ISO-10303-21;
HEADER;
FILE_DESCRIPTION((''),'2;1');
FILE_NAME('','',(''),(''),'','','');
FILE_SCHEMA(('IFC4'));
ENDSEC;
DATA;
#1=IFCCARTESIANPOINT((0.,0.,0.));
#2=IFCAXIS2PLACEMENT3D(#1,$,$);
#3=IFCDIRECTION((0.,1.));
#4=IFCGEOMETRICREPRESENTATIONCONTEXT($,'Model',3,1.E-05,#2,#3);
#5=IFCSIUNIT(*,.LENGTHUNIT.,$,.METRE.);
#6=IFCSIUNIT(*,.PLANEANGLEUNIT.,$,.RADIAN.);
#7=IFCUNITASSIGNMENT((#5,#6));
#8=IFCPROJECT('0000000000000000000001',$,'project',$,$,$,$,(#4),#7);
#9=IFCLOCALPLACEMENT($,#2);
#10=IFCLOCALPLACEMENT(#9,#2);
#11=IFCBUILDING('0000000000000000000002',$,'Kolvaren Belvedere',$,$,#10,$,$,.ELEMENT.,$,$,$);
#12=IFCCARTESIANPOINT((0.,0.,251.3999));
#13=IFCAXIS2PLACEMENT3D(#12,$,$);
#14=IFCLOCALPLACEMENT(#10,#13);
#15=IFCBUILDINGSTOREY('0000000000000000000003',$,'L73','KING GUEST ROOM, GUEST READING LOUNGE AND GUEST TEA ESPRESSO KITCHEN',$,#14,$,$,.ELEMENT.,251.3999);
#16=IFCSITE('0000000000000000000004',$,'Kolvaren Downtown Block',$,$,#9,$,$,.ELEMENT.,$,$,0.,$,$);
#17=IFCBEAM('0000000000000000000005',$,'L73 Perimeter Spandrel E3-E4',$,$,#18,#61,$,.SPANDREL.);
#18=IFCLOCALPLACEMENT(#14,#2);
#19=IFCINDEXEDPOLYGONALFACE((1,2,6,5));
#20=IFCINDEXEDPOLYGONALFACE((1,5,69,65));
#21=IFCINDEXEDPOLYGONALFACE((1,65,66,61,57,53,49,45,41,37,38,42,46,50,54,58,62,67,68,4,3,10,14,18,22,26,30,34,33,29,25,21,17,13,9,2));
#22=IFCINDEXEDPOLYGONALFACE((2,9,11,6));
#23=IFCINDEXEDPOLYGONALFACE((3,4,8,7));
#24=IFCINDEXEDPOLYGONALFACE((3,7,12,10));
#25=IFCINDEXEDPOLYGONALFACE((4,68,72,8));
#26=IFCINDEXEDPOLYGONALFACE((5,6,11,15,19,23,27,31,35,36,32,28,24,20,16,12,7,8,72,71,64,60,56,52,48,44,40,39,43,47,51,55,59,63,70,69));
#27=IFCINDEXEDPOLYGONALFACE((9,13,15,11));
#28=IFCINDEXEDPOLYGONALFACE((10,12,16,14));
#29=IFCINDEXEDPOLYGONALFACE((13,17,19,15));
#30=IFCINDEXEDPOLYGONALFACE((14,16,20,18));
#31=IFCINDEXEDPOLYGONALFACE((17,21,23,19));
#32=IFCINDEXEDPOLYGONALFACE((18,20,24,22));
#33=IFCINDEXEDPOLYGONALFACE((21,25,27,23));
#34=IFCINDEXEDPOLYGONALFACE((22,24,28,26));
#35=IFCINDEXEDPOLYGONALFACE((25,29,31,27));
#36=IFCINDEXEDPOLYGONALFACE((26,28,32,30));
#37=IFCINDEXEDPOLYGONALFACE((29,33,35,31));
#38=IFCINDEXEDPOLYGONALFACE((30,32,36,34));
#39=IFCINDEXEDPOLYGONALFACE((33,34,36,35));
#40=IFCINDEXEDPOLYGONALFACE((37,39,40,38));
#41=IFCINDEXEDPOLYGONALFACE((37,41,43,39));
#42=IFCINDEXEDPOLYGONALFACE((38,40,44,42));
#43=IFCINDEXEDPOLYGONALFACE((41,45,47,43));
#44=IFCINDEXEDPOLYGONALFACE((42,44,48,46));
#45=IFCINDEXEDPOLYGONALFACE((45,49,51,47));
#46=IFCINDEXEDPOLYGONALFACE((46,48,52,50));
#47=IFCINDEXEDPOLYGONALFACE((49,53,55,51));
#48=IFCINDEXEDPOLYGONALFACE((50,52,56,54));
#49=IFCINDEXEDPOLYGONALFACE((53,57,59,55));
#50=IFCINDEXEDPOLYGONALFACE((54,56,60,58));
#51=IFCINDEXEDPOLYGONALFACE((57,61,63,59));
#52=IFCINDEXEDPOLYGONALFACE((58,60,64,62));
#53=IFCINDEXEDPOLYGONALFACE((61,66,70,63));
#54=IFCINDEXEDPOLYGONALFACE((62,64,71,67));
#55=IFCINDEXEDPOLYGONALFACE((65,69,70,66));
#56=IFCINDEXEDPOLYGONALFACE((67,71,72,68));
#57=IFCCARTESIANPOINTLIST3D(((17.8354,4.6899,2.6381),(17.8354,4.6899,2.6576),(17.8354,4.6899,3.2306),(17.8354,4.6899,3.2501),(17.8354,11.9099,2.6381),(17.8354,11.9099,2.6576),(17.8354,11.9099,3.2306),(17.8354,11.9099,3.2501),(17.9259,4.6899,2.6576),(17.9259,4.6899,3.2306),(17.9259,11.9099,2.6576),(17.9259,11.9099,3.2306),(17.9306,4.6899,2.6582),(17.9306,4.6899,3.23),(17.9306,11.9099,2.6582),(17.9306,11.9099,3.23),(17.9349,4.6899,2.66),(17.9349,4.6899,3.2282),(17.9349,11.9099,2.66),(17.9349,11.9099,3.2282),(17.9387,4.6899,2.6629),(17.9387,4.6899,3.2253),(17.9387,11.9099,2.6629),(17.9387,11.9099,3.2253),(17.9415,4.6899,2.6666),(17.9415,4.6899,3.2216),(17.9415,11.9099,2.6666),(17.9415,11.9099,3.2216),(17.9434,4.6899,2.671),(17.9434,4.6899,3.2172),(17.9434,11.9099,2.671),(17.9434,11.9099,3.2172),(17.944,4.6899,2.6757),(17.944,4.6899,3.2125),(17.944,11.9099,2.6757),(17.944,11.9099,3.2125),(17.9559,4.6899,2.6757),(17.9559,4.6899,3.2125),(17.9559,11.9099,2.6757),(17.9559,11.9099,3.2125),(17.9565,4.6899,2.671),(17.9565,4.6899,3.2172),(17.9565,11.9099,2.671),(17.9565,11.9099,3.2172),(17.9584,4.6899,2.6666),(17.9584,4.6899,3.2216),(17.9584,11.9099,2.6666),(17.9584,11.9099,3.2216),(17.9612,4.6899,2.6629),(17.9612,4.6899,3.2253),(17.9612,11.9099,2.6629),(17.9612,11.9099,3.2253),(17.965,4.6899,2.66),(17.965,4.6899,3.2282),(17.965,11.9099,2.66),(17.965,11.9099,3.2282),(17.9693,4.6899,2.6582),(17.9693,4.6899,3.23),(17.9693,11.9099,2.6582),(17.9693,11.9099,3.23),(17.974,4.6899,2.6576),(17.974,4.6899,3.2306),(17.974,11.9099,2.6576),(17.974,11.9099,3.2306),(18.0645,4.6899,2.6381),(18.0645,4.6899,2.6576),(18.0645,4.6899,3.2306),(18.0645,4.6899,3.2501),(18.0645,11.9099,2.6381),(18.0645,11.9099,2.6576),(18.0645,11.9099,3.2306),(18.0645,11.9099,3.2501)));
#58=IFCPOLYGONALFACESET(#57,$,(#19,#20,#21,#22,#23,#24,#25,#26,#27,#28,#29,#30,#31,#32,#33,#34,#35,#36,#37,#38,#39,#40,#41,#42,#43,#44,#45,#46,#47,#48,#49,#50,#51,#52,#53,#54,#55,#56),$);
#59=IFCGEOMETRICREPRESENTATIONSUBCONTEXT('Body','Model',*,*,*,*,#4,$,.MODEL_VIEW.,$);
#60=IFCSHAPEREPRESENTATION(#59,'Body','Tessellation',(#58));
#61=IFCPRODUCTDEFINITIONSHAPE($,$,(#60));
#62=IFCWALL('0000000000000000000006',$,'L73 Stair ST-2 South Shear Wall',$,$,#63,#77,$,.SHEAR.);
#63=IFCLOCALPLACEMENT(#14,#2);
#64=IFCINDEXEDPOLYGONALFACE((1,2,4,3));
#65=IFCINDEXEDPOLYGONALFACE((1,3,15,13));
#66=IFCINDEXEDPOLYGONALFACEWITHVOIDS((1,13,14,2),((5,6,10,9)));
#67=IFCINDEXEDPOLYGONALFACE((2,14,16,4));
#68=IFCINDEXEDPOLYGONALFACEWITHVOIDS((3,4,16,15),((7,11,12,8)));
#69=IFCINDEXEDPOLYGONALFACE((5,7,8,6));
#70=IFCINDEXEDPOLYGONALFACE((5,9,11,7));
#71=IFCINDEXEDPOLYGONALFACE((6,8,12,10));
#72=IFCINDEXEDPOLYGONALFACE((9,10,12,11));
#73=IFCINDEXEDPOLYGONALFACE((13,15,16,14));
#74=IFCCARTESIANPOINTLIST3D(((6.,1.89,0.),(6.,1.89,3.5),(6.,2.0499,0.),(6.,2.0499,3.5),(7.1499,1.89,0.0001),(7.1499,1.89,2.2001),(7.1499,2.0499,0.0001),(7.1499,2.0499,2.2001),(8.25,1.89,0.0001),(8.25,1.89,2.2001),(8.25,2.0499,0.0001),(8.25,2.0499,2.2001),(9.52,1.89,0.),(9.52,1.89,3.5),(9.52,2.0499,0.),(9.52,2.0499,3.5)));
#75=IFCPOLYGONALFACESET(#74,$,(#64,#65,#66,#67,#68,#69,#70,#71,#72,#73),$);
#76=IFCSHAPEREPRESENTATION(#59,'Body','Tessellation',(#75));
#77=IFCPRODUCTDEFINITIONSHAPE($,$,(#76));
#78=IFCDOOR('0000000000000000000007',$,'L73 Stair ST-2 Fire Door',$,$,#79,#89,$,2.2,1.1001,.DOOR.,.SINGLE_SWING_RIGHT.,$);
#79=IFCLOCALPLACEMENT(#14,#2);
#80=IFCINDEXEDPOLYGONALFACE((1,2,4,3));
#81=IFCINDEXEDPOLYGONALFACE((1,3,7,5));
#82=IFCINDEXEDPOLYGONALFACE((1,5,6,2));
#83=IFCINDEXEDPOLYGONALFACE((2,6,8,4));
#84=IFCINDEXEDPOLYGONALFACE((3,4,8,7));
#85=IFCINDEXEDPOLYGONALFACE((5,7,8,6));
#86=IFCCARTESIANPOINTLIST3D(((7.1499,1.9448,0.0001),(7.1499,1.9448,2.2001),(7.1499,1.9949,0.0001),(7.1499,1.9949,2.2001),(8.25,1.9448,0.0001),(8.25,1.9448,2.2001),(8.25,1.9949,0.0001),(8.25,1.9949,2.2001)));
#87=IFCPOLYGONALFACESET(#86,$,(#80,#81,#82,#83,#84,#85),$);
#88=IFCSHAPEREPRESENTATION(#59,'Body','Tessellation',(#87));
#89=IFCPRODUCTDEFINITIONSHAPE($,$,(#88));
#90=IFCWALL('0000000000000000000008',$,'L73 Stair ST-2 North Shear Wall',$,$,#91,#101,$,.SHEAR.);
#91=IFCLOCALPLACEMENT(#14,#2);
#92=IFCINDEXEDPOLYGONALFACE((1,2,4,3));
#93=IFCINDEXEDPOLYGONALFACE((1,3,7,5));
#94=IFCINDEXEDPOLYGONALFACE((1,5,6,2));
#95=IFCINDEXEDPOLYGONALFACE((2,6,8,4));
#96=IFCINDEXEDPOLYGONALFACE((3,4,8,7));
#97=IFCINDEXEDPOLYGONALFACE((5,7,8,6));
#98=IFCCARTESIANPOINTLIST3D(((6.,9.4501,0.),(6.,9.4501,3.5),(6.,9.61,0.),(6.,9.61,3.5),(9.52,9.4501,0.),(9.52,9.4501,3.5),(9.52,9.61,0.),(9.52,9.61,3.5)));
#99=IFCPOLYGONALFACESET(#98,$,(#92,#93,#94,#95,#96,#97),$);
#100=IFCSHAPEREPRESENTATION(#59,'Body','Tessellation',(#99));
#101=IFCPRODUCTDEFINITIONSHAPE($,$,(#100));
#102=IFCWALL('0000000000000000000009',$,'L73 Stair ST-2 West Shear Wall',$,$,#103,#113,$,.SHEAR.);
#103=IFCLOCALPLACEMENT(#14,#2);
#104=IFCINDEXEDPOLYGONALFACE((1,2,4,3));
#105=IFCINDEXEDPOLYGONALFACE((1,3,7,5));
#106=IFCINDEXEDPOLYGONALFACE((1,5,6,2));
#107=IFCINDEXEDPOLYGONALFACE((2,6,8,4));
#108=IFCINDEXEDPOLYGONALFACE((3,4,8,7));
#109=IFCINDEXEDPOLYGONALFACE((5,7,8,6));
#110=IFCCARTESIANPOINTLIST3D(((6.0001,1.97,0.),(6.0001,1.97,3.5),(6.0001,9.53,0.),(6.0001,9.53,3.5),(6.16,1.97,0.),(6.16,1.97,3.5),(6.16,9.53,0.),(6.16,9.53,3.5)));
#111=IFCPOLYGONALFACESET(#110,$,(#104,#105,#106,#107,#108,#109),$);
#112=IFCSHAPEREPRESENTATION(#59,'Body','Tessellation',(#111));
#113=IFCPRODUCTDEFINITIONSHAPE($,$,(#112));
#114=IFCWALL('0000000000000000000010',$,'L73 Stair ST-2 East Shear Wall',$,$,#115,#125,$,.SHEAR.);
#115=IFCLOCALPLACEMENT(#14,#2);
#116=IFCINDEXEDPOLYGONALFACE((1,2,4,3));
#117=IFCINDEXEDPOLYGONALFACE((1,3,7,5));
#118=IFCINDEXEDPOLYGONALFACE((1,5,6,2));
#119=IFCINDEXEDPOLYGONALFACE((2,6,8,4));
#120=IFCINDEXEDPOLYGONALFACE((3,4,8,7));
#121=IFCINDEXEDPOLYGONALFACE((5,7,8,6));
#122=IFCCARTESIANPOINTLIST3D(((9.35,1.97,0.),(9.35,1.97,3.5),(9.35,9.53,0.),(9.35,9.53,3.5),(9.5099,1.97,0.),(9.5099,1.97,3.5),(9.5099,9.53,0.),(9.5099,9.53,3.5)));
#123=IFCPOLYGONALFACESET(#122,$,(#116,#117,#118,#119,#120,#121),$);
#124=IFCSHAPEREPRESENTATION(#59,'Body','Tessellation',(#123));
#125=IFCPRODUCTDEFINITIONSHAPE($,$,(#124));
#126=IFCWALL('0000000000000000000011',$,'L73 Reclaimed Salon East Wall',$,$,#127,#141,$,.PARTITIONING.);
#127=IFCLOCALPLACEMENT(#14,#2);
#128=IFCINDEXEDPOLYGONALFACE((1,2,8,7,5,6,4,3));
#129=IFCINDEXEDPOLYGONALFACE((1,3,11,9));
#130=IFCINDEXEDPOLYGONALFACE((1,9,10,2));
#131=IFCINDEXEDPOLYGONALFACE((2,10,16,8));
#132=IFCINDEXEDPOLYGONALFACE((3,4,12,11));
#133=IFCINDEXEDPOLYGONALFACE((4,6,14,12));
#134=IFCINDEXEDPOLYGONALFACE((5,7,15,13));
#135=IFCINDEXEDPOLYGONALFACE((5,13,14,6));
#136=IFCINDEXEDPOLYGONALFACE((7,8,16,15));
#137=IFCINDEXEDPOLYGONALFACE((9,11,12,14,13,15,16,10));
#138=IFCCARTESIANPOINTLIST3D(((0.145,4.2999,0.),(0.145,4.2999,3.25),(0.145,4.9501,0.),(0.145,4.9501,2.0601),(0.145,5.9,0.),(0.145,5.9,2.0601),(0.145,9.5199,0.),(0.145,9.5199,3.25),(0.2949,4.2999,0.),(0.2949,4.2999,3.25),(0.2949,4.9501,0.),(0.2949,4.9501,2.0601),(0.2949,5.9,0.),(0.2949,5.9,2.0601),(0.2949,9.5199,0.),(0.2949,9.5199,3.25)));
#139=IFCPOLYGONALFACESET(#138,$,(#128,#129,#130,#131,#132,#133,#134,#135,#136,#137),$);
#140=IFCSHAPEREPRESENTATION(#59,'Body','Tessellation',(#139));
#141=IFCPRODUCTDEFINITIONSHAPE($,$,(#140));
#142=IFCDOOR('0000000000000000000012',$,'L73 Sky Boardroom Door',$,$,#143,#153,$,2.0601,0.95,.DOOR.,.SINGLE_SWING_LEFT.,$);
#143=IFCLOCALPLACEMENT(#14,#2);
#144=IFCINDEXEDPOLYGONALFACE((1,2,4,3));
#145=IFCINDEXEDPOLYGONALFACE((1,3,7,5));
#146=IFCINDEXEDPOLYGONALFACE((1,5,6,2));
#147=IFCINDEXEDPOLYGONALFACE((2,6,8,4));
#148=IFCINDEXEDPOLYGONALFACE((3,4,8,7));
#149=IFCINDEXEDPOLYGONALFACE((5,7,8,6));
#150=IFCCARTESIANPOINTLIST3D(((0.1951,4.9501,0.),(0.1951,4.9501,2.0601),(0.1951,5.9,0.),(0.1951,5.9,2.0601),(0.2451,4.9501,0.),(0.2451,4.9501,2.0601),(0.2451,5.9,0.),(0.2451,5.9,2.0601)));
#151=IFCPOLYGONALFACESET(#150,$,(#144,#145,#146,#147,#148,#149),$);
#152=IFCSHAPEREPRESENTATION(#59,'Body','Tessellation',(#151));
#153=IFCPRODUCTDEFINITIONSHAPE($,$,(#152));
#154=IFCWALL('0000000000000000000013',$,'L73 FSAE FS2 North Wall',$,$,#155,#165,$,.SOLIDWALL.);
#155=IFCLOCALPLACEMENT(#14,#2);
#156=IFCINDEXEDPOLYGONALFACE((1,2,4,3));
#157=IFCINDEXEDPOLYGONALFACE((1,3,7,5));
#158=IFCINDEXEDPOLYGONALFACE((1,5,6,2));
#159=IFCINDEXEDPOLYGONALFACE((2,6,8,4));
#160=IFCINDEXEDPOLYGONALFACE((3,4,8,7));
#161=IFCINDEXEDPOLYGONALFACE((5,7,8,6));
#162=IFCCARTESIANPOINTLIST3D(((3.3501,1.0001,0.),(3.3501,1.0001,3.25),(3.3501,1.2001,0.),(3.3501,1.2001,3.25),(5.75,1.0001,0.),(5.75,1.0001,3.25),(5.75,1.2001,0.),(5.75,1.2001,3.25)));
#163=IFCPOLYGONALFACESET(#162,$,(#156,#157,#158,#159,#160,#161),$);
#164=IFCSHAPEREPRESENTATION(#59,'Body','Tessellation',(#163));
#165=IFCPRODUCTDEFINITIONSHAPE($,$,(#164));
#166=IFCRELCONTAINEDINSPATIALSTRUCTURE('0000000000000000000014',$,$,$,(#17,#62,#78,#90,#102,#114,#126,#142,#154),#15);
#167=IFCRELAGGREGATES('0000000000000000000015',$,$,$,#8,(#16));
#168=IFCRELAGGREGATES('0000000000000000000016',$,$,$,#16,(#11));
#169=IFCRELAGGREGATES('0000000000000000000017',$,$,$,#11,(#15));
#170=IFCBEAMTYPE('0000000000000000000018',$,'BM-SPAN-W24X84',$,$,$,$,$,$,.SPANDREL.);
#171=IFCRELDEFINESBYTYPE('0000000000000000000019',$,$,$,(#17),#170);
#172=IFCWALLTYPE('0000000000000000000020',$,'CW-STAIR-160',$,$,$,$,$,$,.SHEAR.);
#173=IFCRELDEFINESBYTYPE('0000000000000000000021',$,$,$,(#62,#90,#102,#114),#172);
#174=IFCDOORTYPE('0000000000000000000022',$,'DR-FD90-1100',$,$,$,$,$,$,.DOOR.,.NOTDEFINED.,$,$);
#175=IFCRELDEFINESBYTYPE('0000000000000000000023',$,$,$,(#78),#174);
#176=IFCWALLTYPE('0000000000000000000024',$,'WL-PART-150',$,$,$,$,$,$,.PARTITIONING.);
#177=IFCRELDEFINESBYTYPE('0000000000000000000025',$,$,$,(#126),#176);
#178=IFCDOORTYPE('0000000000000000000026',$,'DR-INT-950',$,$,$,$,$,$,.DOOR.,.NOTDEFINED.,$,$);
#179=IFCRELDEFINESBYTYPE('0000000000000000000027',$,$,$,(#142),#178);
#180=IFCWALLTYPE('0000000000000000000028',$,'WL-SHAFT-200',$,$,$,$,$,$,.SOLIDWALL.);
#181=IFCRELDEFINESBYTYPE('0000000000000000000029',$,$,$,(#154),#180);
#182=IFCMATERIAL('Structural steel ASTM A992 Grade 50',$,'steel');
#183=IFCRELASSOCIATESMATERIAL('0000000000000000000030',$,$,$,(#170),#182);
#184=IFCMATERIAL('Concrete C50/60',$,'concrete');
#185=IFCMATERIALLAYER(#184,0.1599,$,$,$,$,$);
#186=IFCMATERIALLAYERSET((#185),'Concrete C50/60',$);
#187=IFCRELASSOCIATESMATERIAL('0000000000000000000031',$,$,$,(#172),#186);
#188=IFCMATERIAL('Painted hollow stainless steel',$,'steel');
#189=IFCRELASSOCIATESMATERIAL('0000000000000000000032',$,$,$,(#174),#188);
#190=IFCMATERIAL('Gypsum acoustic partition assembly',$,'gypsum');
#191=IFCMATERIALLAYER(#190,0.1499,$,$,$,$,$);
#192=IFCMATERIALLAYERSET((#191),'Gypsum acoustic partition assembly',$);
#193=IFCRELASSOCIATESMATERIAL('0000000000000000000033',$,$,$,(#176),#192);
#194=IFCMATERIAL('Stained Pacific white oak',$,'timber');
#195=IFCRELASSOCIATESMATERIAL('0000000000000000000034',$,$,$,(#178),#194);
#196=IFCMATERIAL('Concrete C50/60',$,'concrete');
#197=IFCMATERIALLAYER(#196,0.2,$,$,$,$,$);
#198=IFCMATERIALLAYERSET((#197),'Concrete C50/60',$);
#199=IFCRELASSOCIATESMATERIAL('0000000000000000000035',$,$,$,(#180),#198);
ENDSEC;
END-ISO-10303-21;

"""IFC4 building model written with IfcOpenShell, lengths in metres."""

from ifc_helpers import new_model, si_unit, direction, frame, frame_2d, origin, origin_2d, place, context, subcontext, project, spatial, rectangle, i_section, extrude, material, layer, layer_set, material_profile, profile_set, type_object, element, fill, save


model = new_model("IFC4")

# Units and contexts
model_context = context("Model", 3, precision=1e-05, world=origin(), true_north=direction((0.0, 1.0)))
body_context = subcontext(model_context, "Body", "Model", "MODEL_VIEW")
ifc_project = project(units=[si_unit("LENGTHUNIT", "METRE"), si_unit("PLANEANGLEUNIT", "RADIAN")], contexts=[model_context])

# Site, building, storey
site_placement = place(None, origin())
site = spatial("IfcSite", under=ifc_project, at=site_placement, Name="Kolvaren Downtown Block", CompositionType="ELEMENT", RefElevation=0.0)
building_placement = place(site_placement, origin())
building = spatial("IfcBuilding", under=site, at=building_placement, Name="Kolvaren Belvedere", CompositionType="ELEMENT")
storey_placement = place(building_placement, frame((0.0, 0.0, 251.3999)))
storey = spatial("IfcBuildingStorey", under=building, at=storey_placement, Name="L73", Description="KING GUEST ROOM, GUEST READING LOUNGE AND GUEST TEA ESPRESSO KITCHEN", CompositionType="ELEMENT", Elevation=251.3999)

# Beam
ifc_material_1 = material(Name="Structural steel ASTM A992 Grade 50", Category="steel")
ifc_material_profile_1 = material_profile(ifc_material_1, i_section(OverallWidth=0.229, OverallDepth=0.6121, WebThickness=0.012, FlangeThickness=0.0195, FilletRadius=0.0181, at=origin_2d()), Name="W24X84")
ifc_profile_set_1 = profile_set([ifc_material_profile_1], Name="Structural steel ASTM A992 Grade 50")
beam_type_1 = type_object("IfcBeamType", Name="BM-SPAN-W24X84", PredefinedType="SPANDREL", material=ifc_profile_set_1)
beam_1_placement = place(storey_placement, frame((17.95, 4.6899, 2.9441), z_axis=(0.0, 1.0, 0.0), x_axis=(-1.0, 0.0, 0.0)))
element("IfcBeam", 1, at=beam_1_placement, inside=storey, type_object=beam_type_1, Name="L73 Perimeter Spandrel E3-E4", PredefinedType="SPANDREL", context=body_context, shape_type="SweptSolid", body=[
    extrude(i_section(OverallWidth=0.229, OverallDepth=0.6121, WebThickness=0.012, FlangeThickness=0.0195, FilletRadius=0.0181, at=origin_2d()), origin(), (0.0, 0.0, 1.0), 7.22),
])

# Wall, opening, door
ifc_material_2 = material(Name="Concrete C50/60", Category="concrete")
ifc_layer_1 = layer(ifc_material_2, 0.1599)
ifc_layer_set_1 = layer_set([ifc_layer_1], Name="Concrete C50/60")
wall_type_1 = type_object("IfcWallType", Name="CW-STAIR-160", PredefinedType="SHEAR", material=ifc_layer_set_1)
wall_1_placement = place(storey_placement, frame((6.0, 1.97, 0.0), z_axis=(0.0, 0.0, 1.0), x_axis=(1.0, 0.0, 0.0)))
wall_1 = element("IfcWall", 2, at=wall_1_placement, inside=storey, type_object=wall_type_1, Name="L73 Stair ST-2 South Shear Wall", PredefinedType="SHEAR", context=body_context, shape_type="SweptSolid", body=[
    extrude(rectangle(XDim=3.52, YDim=0.1599, at=frame_2d((1.76, 0.0))), origin(), (0.0, 0.0, 1.0), 3.5),
])
opening_1_placement = place(wall_1_placement, frame((1.1499, 0.0, 0.0)))
opening_1 = element("IfcOpeningElement", 3, at=opening_1_placement, cuts=wall_1, PredefinedType="OPENING", context=body_context, shape_type="SweptSolid", body=[
    extrude(rectangle(XDim=1.1001, YDim=2.2, at=frame_2d((0.55, 1.1001))), frame((0.0, 0.0898, 0.0), z_axis=(0.0, -1.0, 0.0), x_axis=(1.0, 0.0, 0.0)), (0.0, 0.0, 1.0), 0.1799),
])
ifc_material_3 = material(Name="Painted hollow stainless steel", Category="steel")
door_type_1 = type_object("IfcDoorType", Name="DR-FD90-1100", OperationType="NOTDEFINED", PredefinedType="DOOR", material=ifc_material_3)
door_1_placement = place(opening_1_placement, origin())
door_1 = element("IfcDoor", 4, at=door_1_placement, inside=storey, type_object=door_type_1, Name="L73 Stair ST-2 Fire Door", OperationType="SINGLE_SWING_RIGHT", OverallHeight=2.2, OverallWidth=1.1001, PredefinedType="DOOR", context=body_context, shape_type="SweptSolid", body=[
    extrude(rectangle(XDim=1.1001, YDim=2.2, at=frame_2d((0.55, 1.1001))), frame((0.0, 0.0249, 0.0), z_axis=(0.0, -1.0, 0.0), x_axis=(1.0, 0.0, 0.0)), (0.0, 0.0, 1.0), 0.05),
])
fill(opening_1, door_1)

# Walls
wall_2_placement = place(storey_placement, frame((6.0, 9.53, 0.0), z_axis=(0.0, 0.0, 1.0), x_axis=(1.0, 0.0, 0.0)))
element("IfcWall", 5, at=wall_2_placement, inside=storey, type_object=wall_type_1, Name="L73 Stair ST-2 North Shear Wall", PredefinedType="SHEAR", context=body_context, shape_type="SweptSolid", body=[
    extrude(rectangle(XDim=3.52, YDim=0.1599, at=frame_2d((1.76, 0.0))), origin(), (0.0, 0.0, 1.0), 3.5),
])
for number, where, z_axis, x_axis, name in (
    (6, (6.0801, 1.97, 0.0), (0.0, 0.0, 1.0), (0.0, 1.0, 0.0), "L73 Stair ST-2 West Shear Wall"),
    (7, (9.4299, 1.97, 0.0), (0.0, 0.0, 1.0), (0.0, 1.0, 0.0), "L73 Stair ST-2 East Shear Wall"),
):
    element("IfcWall", number, at=place(storey_placement, frame(where, z_axis=z_axis, x_axis=x_axis)), inside=storey, type_object=wall_type_1, Name=name, PredefinedType="SHEAR", context=body_context, shape_type="SweptSolid", body=[
        extrude(rectangle(XDim=7.5601, YDim=0.1599, at=frame_2d((3.78, 0.0))), origin(), (0.0, 0.0, 1.0), 3.5),
    ])

# Wall, opening, door
ifc_material_4 = material(Name="Gypsum acoustic partition assembly", Category="gypsum")
ifc_layer_2 = layer(ifc_material_4, 0.1499)
ifc_layer_set_2 = layer_set([ifc_layer_2], Name="Gypsum acoustic partition assembly")
wall_type_2 = type_object("IfcWallType", Name="WL-PART-150", PredefinedType="PARTITIONING", material=ifc_layer_set_2)
wall_3_placement = place(storey_placement, frame((0.22, 4.3, 0.0), z_axis=(0.0, 0.0, 1.0), x_axis=(0.0, 1.0, 0.0)))
wall_3 = element("IfcWall", 8, at=wall_3_placement, inside=storey, type_object=wall_type_2, Name="L73 Reclaimed Salon East Wall", PredefinedType="PARTITIONING", context=body_context, shape_type="SweptSolid", body=[
    extrude(rectangle(XDim=5.22, YDim=0.1499, at=frame_2d((2.6099, 0.0))), origin(), (0.0, 0.0, 1.0), 3.25),
])
opening_2_placement = place(wall_3_placement, frame((0.6499, 0.0, 0.0)))
opening_2 = element("IfcOpeningElement", 9, at=opening_2_placement, cuts=wall_3, PredefinedType="OPENING", context=body_context, shape_type="SweptSolid", body=[
    extrude(rectangle(XDim=0.95, YDim=2.0601, at=frame_2d((0.4751, 1.03))), frame((0.0, 0.085, 0.0), z_axis=(0.0, -1.0, 0.0), x_axis=(1.0, 0.0, 0.0)), (0.0, 0.0, 1.0), 0.1699),
])
ifc_material_5 = material(Name="Stained Pacific white oak", Category="timber")
door_type_2 = type_object("IfcDoorType", Name="DR-INT-950", OperationType="NOTDEFINED", PredefinedType="DOOR", material=ifc_material_5)
door_2_placement = place(opening_2_placement, origin())
door_2 = element("IfcDoor", 10, at=door_2_placement, inside=storey, type_object=door_type_2, Name="L73 Sky Boardroom Door", OperationType="SINGLE_SWING_LEFT", OverallHeight=2.0601, OverallWidth=0.95, PredefinedType="DOOR", context=body_context, shape_type="SweptSolid", body=[
    extrude(rectangle(XDim=0.95, YDim=2.0601, at=frame_2d((0.4751, 1.03))), frame((0.0, 0.0249, 0.0), z_axis=(0.0, -1.0, 0.0), x_axis=(1.0, 0.0, 0.0)), (0.0, 0.0, 1.0), 0.05),
])
fill(opening_2, door_2)

# Wall
ifc_material_6 = material(Name="Concrete C50/60", Category="concrete")
ifc_layer_3 = layer(ifc_material_6, 0.2)
ifc_layer_set_3 = layer_set([ifc_layer_3], Name="Concrete C50/60")
wall_type_3 = type_object("IfcWallType", Name="WL-SHAFT-200", PredefinedType="SOLIDWALL", material=ifc_layer_set_3)
wall_4_placement = place(storey_placement, frame((3.3501, 1.1001, 0.0), z_axis=(0.0, 0.0, 1.0), x_axis=(1.0, 0.0, 0.0)))
element("IfcWall", 11, at=wall_4_placement, inside=storey, type_object=wall_type_3, Name="L73 FSAE FS2 North Wall", PredefinedType="SOLIDWALL", context=body_context, shape_type="SweptSolid", body=[
    extrude(rectangle(XDim=2.3999, YDim=0.2, at=frame_2d((1.2, 0.0))), origin(), (0.0, 0.0, 1.0), 3.25),
])

save(model, "model.ifc")
